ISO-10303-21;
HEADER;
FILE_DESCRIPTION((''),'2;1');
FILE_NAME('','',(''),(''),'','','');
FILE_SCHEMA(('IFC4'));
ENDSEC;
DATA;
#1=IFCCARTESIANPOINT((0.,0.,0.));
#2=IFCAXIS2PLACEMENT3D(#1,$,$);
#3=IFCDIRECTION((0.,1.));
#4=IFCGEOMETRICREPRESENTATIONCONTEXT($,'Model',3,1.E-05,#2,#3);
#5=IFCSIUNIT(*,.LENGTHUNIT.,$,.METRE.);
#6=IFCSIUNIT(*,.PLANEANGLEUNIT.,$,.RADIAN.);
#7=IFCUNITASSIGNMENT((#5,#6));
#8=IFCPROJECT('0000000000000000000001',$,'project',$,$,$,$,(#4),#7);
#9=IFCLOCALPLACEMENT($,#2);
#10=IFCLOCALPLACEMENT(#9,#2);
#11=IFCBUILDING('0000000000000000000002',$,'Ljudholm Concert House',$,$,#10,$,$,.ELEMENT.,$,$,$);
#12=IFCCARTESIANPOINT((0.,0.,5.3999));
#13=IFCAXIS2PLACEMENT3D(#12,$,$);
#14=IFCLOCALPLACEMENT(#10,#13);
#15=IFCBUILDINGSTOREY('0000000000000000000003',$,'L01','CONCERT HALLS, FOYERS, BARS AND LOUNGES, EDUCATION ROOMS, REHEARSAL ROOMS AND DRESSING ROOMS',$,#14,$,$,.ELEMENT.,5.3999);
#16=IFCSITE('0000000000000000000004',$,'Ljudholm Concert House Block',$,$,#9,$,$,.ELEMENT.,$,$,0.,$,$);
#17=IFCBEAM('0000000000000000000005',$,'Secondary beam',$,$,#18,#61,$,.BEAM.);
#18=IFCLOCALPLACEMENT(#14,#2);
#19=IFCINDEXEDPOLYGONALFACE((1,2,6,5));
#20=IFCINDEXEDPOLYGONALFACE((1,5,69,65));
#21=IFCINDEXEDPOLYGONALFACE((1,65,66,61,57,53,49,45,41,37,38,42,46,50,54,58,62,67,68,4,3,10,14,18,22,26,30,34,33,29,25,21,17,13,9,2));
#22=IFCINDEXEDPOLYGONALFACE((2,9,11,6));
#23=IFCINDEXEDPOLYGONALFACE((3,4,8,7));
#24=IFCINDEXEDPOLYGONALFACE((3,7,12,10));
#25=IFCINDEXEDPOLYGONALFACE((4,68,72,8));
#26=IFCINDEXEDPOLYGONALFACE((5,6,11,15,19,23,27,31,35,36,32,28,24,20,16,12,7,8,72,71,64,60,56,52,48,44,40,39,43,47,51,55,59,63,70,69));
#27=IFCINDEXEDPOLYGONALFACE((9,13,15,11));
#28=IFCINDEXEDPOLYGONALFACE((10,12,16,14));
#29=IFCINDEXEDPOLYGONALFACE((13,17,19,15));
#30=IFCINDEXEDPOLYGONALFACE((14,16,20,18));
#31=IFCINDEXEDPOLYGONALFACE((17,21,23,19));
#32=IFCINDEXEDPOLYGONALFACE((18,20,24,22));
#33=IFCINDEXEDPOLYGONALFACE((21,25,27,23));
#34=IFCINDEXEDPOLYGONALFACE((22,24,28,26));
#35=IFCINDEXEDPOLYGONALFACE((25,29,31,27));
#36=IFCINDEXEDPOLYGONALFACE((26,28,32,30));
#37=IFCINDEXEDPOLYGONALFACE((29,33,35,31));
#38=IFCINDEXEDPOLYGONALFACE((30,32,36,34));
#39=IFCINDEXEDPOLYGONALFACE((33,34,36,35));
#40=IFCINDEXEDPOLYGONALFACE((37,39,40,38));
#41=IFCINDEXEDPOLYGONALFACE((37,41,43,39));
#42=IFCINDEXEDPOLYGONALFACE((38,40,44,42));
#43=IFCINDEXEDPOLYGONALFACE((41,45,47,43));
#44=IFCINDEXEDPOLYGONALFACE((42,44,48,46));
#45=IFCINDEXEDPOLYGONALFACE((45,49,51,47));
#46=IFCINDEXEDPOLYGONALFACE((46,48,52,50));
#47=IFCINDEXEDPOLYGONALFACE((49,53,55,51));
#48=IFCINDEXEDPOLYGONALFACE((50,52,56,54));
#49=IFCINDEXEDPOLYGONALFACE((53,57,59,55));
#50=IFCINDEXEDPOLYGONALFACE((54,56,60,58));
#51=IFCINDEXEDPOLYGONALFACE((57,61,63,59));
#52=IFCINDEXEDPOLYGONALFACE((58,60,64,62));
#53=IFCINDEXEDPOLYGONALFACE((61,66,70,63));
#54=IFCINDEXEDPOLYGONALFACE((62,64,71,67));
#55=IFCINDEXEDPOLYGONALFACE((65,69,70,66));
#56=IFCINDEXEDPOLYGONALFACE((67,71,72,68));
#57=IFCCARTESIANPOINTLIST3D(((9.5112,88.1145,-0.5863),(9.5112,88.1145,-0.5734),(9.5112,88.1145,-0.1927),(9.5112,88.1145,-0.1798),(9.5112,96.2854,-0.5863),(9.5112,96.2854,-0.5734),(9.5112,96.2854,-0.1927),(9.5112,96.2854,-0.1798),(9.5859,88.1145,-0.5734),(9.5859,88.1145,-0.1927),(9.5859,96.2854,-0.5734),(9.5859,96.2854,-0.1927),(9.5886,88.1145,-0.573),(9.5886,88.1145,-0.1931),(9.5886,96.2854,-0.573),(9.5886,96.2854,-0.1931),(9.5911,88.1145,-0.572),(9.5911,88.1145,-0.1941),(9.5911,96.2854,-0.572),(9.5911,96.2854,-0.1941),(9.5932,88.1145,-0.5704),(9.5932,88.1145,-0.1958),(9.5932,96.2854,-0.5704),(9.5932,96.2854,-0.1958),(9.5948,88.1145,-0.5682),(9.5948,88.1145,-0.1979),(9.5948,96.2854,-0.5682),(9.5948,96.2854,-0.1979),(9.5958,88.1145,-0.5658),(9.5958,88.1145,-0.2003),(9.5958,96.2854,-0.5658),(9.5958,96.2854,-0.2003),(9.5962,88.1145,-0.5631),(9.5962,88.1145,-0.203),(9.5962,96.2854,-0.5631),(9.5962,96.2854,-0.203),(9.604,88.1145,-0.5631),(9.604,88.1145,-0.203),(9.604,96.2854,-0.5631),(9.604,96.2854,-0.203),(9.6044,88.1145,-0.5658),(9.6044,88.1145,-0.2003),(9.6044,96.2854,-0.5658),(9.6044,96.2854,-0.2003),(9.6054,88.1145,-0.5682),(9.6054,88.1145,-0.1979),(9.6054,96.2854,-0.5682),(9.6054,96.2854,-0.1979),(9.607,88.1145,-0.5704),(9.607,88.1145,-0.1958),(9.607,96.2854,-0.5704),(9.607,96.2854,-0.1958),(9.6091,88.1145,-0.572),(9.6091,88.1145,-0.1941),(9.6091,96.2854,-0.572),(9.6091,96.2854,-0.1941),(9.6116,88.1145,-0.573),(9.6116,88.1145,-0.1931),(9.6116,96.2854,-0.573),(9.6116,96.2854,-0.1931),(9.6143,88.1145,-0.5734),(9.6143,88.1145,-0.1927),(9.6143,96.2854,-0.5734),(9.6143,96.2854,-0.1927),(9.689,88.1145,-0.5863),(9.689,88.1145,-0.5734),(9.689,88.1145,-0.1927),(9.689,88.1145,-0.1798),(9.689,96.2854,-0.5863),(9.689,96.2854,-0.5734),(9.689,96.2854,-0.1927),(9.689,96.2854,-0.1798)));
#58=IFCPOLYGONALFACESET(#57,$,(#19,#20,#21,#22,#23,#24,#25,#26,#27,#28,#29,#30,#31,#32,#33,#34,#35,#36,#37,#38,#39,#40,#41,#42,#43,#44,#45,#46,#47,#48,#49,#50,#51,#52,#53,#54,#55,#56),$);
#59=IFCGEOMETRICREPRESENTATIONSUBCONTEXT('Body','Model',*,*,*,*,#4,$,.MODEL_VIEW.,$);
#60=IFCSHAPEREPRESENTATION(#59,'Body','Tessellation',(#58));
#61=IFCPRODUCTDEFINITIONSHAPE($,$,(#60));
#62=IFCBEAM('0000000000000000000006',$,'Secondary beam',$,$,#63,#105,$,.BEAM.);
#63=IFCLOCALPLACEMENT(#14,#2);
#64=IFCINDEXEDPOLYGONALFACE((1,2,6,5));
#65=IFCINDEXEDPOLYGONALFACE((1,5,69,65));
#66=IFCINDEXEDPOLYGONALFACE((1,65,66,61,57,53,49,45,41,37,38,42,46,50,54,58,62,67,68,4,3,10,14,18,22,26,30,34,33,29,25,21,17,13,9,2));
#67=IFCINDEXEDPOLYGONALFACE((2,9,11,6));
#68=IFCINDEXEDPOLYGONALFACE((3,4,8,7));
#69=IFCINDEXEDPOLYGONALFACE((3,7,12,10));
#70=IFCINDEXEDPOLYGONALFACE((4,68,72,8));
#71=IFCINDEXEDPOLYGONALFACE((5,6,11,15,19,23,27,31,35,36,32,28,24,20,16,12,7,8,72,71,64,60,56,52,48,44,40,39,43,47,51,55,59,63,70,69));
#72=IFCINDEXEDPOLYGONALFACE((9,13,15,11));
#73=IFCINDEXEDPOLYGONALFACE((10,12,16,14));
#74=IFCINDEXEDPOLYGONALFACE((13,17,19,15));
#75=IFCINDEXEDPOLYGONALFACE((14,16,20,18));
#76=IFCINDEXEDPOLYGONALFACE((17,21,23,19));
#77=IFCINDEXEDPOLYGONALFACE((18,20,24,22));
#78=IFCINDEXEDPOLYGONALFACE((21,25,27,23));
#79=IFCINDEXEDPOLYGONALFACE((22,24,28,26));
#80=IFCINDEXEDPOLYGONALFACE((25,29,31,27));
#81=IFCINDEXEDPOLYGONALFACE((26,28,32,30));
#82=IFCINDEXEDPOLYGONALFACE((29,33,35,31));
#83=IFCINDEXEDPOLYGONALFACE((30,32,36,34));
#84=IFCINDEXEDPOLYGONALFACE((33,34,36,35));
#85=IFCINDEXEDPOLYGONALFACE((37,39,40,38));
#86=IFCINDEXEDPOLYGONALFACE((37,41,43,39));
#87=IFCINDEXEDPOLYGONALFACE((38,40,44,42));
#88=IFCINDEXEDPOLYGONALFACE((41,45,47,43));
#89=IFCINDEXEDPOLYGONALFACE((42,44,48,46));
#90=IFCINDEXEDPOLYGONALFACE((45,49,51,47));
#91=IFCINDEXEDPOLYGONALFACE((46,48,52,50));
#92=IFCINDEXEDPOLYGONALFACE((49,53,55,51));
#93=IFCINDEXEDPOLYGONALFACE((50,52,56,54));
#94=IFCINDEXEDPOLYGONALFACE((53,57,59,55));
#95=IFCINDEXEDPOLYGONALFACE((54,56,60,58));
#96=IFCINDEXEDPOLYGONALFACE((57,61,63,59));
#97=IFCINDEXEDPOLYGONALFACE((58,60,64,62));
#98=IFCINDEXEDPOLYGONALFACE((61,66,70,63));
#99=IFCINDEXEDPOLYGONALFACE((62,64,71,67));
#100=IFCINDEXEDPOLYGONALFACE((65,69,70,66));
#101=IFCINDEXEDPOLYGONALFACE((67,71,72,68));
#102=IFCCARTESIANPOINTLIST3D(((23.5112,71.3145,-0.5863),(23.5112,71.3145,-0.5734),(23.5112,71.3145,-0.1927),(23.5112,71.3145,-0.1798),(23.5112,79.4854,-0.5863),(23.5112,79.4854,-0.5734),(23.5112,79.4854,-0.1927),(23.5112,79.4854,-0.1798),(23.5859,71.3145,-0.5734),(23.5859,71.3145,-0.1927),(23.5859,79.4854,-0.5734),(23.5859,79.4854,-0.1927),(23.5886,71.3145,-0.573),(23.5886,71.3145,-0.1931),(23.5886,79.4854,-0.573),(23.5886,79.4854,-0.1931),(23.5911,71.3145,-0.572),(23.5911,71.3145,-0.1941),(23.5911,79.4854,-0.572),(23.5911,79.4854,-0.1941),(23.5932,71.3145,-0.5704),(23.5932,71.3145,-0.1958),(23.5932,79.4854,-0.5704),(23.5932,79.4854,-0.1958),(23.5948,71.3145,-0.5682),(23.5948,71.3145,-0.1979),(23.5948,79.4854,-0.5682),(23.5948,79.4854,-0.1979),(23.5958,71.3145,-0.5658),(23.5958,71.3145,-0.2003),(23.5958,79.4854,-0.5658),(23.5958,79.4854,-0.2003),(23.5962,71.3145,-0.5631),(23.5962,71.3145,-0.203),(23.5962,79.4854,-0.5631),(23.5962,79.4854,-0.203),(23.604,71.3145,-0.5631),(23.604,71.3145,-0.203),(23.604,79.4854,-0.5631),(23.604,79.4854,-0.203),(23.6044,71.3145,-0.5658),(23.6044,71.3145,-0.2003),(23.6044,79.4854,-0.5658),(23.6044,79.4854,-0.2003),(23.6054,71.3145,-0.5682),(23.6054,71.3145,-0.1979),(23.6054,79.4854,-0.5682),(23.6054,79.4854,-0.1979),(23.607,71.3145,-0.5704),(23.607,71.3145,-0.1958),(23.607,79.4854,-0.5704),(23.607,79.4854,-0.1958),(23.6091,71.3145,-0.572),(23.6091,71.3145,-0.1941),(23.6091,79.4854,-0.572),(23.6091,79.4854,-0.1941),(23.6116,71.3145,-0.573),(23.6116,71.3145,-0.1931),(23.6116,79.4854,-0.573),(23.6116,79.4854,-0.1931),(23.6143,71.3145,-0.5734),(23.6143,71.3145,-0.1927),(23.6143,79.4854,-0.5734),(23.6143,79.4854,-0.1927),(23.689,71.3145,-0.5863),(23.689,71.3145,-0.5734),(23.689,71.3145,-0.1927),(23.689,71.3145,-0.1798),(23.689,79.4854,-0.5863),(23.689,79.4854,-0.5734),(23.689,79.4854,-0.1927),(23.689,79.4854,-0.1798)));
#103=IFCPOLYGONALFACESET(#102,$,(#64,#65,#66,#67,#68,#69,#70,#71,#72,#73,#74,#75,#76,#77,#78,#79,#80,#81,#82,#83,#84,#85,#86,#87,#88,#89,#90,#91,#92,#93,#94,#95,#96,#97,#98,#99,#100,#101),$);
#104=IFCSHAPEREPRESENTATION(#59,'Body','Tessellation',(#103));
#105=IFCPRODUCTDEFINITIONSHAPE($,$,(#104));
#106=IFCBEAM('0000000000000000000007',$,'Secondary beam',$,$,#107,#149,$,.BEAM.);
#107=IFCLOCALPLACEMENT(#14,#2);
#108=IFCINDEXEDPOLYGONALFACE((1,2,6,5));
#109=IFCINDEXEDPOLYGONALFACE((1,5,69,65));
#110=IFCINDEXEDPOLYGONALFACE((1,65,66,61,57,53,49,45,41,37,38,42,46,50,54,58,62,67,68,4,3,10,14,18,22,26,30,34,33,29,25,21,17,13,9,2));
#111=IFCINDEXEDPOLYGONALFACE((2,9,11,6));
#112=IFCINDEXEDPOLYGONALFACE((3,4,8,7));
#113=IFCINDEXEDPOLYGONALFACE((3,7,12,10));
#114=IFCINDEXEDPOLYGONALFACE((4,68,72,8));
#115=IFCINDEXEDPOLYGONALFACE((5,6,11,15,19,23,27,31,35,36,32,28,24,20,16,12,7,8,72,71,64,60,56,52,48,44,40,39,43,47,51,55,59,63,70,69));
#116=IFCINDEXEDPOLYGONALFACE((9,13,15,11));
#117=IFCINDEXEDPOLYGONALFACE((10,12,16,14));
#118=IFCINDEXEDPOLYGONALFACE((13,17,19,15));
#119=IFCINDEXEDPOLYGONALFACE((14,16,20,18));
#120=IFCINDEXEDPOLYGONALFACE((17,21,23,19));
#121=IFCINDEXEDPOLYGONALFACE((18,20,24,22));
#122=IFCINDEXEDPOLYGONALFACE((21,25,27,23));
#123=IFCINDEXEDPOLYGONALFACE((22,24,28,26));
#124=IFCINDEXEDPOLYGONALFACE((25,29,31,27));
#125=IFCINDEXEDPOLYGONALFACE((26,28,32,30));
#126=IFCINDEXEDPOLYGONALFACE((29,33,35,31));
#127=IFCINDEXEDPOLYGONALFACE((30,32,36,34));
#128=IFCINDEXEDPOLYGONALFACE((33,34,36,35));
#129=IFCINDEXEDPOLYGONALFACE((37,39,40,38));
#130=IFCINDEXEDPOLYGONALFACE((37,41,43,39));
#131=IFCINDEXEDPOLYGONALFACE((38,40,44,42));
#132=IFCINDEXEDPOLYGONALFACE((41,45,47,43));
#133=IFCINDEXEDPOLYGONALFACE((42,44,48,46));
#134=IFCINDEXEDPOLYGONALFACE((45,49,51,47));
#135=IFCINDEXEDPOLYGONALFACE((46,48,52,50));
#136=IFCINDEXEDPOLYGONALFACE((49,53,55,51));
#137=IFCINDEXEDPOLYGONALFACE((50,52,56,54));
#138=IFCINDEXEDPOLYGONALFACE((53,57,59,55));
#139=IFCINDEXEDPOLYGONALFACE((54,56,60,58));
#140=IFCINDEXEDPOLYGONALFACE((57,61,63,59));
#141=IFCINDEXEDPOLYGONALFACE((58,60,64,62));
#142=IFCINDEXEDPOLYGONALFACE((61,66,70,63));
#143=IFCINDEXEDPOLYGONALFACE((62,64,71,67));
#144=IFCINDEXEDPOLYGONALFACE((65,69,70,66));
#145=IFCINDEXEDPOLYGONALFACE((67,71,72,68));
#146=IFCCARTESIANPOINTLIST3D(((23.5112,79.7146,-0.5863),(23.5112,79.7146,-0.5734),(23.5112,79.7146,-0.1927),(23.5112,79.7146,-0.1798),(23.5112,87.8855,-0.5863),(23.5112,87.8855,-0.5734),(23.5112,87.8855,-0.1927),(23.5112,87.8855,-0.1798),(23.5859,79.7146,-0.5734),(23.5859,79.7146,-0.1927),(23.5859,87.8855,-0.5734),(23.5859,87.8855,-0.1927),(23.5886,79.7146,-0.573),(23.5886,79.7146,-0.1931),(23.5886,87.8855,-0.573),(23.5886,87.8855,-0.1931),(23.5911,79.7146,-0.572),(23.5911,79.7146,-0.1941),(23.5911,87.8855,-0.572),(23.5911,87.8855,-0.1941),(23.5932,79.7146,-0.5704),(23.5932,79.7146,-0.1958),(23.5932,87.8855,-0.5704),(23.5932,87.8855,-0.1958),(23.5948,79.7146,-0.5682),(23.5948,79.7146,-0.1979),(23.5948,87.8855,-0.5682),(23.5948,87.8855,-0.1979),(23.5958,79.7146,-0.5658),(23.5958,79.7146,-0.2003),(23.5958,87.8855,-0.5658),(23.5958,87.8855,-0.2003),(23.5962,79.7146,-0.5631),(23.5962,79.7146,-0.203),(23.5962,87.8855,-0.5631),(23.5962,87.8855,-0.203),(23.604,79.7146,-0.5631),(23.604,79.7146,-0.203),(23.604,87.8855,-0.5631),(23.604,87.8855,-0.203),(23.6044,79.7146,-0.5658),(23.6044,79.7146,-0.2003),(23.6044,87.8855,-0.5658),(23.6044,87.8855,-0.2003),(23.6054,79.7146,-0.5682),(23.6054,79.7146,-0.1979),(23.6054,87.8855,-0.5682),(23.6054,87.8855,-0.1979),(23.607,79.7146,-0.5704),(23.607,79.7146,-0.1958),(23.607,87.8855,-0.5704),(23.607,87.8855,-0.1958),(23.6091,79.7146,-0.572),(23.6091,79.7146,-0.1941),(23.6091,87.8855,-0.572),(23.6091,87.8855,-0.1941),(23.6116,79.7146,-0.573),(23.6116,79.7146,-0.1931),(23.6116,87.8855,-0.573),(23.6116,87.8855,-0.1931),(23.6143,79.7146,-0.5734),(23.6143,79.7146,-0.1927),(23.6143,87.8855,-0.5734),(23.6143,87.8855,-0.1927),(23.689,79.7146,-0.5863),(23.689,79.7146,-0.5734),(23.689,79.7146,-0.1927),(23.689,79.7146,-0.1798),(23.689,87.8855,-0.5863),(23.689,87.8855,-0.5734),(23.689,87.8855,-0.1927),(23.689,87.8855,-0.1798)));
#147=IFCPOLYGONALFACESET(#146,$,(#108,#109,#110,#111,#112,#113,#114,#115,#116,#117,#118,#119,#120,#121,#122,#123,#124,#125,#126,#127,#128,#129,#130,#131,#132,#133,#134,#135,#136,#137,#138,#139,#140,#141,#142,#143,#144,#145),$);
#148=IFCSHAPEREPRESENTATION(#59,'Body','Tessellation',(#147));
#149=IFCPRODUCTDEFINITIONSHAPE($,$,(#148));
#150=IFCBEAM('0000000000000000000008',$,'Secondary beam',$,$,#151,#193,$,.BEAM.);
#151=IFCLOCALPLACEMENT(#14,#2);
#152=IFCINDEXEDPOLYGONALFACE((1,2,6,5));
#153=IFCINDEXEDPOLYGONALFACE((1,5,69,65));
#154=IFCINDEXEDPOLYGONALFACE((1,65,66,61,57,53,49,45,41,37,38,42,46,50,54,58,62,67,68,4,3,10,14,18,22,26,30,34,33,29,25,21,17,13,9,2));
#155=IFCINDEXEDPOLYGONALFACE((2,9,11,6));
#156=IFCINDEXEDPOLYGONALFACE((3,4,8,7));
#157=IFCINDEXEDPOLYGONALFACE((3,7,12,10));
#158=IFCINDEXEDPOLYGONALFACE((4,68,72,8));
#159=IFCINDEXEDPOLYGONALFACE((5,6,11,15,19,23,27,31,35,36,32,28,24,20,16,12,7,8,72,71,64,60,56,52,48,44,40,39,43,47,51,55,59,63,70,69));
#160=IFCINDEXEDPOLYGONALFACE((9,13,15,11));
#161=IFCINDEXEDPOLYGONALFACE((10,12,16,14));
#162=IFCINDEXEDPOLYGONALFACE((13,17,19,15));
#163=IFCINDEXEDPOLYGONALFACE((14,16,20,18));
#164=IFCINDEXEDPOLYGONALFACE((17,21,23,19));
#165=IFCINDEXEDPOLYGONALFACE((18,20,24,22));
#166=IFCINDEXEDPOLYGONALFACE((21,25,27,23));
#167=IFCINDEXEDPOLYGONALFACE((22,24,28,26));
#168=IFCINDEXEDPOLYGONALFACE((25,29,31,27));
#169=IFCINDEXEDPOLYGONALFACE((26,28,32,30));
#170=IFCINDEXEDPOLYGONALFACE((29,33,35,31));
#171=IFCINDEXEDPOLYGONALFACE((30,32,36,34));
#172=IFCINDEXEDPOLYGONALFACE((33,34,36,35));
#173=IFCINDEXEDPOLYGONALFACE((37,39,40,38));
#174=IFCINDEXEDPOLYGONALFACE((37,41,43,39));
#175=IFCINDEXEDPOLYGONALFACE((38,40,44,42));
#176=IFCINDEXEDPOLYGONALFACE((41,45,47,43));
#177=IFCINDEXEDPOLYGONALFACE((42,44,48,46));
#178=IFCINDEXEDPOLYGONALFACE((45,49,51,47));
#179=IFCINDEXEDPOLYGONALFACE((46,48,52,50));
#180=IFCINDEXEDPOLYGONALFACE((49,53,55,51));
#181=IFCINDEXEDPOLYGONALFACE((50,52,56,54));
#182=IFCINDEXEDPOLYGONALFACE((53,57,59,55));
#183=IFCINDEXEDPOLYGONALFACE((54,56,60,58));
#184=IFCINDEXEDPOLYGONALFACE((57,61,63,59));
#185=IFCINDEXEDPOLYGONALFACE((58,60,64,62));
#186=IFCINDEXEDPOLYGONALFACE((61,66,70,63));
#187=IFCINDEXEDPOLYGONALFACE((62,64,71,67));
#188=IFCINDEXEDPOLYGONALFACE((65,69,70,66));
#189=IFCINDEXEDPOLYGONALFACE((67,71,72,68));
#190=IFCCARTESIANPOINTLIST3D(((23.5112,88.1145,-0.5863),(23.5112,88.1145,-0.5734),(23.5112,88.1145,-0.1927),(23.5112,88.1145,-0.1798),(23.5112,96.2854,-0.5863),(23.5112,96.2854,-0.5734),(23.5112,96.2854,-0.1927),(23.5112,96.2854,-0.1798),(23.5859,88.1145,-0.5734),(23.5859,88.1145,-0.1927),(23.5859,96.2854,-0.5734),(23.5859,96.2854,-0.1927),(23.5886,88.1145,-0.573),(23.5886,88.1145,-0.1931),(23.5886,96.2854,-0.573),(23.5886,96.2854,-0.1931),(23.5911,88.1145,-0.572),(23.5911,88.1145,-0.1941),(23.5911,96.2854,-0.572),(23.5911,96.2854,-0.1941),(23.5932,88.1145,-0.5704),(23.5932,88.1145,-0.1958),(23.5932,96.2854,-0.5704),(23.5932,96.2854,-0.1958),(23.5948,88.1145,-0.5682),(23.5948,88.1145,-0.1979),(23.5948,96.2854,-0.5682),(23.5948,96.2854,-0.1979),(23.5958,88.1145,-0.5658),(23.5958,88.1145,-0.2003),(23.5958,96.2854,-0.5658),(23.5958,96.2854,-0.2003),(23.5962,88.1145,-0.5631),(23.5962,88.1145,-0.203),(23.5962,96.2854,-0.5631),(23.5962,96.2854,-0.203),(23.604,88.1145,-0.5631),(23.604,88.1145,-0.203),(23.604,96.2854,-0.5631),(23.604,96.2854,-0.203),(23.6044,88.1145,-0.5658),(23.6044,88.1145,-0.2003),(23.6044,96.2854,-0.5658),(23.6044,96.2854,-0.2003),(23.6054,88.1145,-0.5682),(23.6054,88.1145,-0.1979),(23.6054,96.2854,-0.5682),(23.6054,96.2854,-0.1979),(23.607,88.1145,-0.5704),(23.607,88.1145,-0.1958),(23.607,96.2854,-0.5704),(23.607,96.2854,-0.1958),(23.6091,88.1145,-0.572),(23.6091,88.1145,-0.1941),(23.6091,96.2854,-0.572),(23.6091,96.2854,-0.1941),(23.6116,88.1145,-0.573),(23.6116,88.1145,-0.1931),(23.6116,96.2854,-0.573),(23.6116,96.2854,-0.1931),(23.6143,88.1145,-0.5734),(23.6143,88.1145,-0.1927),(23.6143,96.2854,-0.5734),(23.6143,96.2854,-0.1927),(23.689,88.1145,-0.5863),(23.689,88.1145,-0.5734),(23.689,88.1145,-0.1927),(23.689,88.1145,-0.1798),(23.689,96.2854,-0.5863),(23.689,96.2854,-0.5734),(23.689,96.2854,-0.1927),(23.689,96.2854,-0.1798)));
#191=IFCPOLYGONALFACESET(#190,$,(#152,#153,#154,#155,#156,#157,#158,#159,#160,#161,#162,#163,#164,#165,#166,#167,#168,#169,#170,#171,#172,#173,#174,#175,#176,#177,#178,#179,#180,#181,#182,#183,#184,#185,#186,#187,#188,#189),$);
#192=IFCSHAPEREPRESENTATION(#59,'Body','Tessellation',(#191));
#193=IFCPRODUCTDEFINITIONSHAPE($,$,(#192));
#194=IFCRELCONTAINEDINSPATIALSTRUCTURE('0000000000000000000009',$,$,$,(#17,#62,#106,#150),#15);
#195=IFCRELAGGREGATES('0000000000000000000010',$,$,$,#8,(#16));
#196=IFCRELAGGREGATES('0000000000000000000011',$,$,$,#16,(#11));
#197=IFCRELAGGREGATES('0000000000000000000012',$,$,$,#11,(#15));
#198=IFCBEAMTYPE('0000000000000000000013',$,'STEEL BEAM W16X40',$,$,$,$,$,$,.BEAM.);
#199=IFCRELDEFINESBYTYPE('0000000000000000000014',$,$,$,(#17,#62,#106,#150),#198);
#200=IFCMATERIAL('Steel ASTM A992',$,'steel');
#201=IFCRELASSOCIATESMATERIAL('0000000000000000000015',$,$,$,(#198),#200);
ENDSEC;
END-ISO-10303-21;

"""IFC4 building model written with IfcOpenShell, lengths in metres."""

from ifc_helpers import new_model, si_unit, direction, frame, origin, origin_2d, place, context, subcontext, project, spatial, i_section, extrude, material, material_profile, profile_set, type_object, element, save


model = new_model("IFC4")

# Units and contexts
model_context = context("Model", 3, precision=1e-05, world=origin(), true_north=direction((0.0, 1.0)))
body_context = subcontext(model_context, "Body", "Model", "MODEL_VIEW")
ifc_project = project(units=[si_unit("LENGTHUNIT", "METRE"), si_unit("PLANEANGLEUNIT", "RADIAN")], contexts=[model_context])

# Site, building, storey
site_placement = place(None, origin())
site = spatial("IfcSite", under=ifc_project, at=site_placement, Name="Ljudholm Concert House Block", CompositionType="ELEMENT", RefElevation=0.0)
building_placement = place(site_placement, origin())
building = spatial("IfcBuilding", under=site, at=building_placement, Name="Ljudholm Concert House", CompositionType="ELEMENT")
storey_placement = place(building_placement, frame((0.0, 0.0, 5.3999)))
storey = spatial("IfcBuildingStorey", under=building, at=storey_placement, Name="L01", Description="CONCERT HALLS, FOYERS, BARS AND LOUNGES, EDUCATION ROOMS, REHEARSAL ROOMS AND DRESSING ROOMS", CompositionType="ELEMENT", Elevation=5.3999)

# Beams
ifc_material_1 = material(Name="Steel ASTM A992", Category="steel")
ifc_material_profile_1 = material_profile(ifc_material_1, i_section(OverallWidth=0.1777, OverallDepth=0.4065, WebThickness=0.0078, FlangeThickness=0.0129, FilletRadius=0.0103, at=origin_2d()), Name="W16X40")
ifc_profile_set_1 = profile_set([ifc_material_profile_1], Name="Steel ASTM A992")
beam_type_1 = type_object("IfcBeamType", Name="STEEL BEAM W16X40", PredefinedType="BEAM", material=ifc_profile_set_1)
for number, where, z_axis, x_axis, name in (
    (1, (9.6001, 88.1145, -0.3831), (0.0, 1.0, 0.0), (-1.0, 0.0, 0.0), "Secondary beam"),
    (2, (23.6001, 71.3145, -0.3831), (0.0, 1.0, 0.0), (-1.0, 0.0, 0.0), "Secondary beam"),
    (3, (23.6001, 79.7146, -0.3831), (0.0, 1.0, 0.0), (-1.0, 0.0, 0.0), "Secondary beam"),
    (4, (23.6001, 88.1145, -0.3831), (0.0, 1.0, 0.0), (-1.0, 0.0, 0.0), "Secondary beam"),
):
    element("IfcBeam", number, at=place(storey_placement, frame(where, z_axis=z_axis, x_axis=x_axis)), inside=storey, type_object=beam_type_1, Name=name, PredefinedType="BEAM", context=body_context, shape_type="SweptSolid", body=[
        extrude(i_section(OverallWidth=0.1777, OverallDepth=0.4065, WebThickness=0.0078, FlangeThickness=0.0129, FilletRadius=0.0103, at=origin_2d()), origin(), (0.0, 0.0, 1.0), 8.1709),
    ])

save(model, "model.ifc")
